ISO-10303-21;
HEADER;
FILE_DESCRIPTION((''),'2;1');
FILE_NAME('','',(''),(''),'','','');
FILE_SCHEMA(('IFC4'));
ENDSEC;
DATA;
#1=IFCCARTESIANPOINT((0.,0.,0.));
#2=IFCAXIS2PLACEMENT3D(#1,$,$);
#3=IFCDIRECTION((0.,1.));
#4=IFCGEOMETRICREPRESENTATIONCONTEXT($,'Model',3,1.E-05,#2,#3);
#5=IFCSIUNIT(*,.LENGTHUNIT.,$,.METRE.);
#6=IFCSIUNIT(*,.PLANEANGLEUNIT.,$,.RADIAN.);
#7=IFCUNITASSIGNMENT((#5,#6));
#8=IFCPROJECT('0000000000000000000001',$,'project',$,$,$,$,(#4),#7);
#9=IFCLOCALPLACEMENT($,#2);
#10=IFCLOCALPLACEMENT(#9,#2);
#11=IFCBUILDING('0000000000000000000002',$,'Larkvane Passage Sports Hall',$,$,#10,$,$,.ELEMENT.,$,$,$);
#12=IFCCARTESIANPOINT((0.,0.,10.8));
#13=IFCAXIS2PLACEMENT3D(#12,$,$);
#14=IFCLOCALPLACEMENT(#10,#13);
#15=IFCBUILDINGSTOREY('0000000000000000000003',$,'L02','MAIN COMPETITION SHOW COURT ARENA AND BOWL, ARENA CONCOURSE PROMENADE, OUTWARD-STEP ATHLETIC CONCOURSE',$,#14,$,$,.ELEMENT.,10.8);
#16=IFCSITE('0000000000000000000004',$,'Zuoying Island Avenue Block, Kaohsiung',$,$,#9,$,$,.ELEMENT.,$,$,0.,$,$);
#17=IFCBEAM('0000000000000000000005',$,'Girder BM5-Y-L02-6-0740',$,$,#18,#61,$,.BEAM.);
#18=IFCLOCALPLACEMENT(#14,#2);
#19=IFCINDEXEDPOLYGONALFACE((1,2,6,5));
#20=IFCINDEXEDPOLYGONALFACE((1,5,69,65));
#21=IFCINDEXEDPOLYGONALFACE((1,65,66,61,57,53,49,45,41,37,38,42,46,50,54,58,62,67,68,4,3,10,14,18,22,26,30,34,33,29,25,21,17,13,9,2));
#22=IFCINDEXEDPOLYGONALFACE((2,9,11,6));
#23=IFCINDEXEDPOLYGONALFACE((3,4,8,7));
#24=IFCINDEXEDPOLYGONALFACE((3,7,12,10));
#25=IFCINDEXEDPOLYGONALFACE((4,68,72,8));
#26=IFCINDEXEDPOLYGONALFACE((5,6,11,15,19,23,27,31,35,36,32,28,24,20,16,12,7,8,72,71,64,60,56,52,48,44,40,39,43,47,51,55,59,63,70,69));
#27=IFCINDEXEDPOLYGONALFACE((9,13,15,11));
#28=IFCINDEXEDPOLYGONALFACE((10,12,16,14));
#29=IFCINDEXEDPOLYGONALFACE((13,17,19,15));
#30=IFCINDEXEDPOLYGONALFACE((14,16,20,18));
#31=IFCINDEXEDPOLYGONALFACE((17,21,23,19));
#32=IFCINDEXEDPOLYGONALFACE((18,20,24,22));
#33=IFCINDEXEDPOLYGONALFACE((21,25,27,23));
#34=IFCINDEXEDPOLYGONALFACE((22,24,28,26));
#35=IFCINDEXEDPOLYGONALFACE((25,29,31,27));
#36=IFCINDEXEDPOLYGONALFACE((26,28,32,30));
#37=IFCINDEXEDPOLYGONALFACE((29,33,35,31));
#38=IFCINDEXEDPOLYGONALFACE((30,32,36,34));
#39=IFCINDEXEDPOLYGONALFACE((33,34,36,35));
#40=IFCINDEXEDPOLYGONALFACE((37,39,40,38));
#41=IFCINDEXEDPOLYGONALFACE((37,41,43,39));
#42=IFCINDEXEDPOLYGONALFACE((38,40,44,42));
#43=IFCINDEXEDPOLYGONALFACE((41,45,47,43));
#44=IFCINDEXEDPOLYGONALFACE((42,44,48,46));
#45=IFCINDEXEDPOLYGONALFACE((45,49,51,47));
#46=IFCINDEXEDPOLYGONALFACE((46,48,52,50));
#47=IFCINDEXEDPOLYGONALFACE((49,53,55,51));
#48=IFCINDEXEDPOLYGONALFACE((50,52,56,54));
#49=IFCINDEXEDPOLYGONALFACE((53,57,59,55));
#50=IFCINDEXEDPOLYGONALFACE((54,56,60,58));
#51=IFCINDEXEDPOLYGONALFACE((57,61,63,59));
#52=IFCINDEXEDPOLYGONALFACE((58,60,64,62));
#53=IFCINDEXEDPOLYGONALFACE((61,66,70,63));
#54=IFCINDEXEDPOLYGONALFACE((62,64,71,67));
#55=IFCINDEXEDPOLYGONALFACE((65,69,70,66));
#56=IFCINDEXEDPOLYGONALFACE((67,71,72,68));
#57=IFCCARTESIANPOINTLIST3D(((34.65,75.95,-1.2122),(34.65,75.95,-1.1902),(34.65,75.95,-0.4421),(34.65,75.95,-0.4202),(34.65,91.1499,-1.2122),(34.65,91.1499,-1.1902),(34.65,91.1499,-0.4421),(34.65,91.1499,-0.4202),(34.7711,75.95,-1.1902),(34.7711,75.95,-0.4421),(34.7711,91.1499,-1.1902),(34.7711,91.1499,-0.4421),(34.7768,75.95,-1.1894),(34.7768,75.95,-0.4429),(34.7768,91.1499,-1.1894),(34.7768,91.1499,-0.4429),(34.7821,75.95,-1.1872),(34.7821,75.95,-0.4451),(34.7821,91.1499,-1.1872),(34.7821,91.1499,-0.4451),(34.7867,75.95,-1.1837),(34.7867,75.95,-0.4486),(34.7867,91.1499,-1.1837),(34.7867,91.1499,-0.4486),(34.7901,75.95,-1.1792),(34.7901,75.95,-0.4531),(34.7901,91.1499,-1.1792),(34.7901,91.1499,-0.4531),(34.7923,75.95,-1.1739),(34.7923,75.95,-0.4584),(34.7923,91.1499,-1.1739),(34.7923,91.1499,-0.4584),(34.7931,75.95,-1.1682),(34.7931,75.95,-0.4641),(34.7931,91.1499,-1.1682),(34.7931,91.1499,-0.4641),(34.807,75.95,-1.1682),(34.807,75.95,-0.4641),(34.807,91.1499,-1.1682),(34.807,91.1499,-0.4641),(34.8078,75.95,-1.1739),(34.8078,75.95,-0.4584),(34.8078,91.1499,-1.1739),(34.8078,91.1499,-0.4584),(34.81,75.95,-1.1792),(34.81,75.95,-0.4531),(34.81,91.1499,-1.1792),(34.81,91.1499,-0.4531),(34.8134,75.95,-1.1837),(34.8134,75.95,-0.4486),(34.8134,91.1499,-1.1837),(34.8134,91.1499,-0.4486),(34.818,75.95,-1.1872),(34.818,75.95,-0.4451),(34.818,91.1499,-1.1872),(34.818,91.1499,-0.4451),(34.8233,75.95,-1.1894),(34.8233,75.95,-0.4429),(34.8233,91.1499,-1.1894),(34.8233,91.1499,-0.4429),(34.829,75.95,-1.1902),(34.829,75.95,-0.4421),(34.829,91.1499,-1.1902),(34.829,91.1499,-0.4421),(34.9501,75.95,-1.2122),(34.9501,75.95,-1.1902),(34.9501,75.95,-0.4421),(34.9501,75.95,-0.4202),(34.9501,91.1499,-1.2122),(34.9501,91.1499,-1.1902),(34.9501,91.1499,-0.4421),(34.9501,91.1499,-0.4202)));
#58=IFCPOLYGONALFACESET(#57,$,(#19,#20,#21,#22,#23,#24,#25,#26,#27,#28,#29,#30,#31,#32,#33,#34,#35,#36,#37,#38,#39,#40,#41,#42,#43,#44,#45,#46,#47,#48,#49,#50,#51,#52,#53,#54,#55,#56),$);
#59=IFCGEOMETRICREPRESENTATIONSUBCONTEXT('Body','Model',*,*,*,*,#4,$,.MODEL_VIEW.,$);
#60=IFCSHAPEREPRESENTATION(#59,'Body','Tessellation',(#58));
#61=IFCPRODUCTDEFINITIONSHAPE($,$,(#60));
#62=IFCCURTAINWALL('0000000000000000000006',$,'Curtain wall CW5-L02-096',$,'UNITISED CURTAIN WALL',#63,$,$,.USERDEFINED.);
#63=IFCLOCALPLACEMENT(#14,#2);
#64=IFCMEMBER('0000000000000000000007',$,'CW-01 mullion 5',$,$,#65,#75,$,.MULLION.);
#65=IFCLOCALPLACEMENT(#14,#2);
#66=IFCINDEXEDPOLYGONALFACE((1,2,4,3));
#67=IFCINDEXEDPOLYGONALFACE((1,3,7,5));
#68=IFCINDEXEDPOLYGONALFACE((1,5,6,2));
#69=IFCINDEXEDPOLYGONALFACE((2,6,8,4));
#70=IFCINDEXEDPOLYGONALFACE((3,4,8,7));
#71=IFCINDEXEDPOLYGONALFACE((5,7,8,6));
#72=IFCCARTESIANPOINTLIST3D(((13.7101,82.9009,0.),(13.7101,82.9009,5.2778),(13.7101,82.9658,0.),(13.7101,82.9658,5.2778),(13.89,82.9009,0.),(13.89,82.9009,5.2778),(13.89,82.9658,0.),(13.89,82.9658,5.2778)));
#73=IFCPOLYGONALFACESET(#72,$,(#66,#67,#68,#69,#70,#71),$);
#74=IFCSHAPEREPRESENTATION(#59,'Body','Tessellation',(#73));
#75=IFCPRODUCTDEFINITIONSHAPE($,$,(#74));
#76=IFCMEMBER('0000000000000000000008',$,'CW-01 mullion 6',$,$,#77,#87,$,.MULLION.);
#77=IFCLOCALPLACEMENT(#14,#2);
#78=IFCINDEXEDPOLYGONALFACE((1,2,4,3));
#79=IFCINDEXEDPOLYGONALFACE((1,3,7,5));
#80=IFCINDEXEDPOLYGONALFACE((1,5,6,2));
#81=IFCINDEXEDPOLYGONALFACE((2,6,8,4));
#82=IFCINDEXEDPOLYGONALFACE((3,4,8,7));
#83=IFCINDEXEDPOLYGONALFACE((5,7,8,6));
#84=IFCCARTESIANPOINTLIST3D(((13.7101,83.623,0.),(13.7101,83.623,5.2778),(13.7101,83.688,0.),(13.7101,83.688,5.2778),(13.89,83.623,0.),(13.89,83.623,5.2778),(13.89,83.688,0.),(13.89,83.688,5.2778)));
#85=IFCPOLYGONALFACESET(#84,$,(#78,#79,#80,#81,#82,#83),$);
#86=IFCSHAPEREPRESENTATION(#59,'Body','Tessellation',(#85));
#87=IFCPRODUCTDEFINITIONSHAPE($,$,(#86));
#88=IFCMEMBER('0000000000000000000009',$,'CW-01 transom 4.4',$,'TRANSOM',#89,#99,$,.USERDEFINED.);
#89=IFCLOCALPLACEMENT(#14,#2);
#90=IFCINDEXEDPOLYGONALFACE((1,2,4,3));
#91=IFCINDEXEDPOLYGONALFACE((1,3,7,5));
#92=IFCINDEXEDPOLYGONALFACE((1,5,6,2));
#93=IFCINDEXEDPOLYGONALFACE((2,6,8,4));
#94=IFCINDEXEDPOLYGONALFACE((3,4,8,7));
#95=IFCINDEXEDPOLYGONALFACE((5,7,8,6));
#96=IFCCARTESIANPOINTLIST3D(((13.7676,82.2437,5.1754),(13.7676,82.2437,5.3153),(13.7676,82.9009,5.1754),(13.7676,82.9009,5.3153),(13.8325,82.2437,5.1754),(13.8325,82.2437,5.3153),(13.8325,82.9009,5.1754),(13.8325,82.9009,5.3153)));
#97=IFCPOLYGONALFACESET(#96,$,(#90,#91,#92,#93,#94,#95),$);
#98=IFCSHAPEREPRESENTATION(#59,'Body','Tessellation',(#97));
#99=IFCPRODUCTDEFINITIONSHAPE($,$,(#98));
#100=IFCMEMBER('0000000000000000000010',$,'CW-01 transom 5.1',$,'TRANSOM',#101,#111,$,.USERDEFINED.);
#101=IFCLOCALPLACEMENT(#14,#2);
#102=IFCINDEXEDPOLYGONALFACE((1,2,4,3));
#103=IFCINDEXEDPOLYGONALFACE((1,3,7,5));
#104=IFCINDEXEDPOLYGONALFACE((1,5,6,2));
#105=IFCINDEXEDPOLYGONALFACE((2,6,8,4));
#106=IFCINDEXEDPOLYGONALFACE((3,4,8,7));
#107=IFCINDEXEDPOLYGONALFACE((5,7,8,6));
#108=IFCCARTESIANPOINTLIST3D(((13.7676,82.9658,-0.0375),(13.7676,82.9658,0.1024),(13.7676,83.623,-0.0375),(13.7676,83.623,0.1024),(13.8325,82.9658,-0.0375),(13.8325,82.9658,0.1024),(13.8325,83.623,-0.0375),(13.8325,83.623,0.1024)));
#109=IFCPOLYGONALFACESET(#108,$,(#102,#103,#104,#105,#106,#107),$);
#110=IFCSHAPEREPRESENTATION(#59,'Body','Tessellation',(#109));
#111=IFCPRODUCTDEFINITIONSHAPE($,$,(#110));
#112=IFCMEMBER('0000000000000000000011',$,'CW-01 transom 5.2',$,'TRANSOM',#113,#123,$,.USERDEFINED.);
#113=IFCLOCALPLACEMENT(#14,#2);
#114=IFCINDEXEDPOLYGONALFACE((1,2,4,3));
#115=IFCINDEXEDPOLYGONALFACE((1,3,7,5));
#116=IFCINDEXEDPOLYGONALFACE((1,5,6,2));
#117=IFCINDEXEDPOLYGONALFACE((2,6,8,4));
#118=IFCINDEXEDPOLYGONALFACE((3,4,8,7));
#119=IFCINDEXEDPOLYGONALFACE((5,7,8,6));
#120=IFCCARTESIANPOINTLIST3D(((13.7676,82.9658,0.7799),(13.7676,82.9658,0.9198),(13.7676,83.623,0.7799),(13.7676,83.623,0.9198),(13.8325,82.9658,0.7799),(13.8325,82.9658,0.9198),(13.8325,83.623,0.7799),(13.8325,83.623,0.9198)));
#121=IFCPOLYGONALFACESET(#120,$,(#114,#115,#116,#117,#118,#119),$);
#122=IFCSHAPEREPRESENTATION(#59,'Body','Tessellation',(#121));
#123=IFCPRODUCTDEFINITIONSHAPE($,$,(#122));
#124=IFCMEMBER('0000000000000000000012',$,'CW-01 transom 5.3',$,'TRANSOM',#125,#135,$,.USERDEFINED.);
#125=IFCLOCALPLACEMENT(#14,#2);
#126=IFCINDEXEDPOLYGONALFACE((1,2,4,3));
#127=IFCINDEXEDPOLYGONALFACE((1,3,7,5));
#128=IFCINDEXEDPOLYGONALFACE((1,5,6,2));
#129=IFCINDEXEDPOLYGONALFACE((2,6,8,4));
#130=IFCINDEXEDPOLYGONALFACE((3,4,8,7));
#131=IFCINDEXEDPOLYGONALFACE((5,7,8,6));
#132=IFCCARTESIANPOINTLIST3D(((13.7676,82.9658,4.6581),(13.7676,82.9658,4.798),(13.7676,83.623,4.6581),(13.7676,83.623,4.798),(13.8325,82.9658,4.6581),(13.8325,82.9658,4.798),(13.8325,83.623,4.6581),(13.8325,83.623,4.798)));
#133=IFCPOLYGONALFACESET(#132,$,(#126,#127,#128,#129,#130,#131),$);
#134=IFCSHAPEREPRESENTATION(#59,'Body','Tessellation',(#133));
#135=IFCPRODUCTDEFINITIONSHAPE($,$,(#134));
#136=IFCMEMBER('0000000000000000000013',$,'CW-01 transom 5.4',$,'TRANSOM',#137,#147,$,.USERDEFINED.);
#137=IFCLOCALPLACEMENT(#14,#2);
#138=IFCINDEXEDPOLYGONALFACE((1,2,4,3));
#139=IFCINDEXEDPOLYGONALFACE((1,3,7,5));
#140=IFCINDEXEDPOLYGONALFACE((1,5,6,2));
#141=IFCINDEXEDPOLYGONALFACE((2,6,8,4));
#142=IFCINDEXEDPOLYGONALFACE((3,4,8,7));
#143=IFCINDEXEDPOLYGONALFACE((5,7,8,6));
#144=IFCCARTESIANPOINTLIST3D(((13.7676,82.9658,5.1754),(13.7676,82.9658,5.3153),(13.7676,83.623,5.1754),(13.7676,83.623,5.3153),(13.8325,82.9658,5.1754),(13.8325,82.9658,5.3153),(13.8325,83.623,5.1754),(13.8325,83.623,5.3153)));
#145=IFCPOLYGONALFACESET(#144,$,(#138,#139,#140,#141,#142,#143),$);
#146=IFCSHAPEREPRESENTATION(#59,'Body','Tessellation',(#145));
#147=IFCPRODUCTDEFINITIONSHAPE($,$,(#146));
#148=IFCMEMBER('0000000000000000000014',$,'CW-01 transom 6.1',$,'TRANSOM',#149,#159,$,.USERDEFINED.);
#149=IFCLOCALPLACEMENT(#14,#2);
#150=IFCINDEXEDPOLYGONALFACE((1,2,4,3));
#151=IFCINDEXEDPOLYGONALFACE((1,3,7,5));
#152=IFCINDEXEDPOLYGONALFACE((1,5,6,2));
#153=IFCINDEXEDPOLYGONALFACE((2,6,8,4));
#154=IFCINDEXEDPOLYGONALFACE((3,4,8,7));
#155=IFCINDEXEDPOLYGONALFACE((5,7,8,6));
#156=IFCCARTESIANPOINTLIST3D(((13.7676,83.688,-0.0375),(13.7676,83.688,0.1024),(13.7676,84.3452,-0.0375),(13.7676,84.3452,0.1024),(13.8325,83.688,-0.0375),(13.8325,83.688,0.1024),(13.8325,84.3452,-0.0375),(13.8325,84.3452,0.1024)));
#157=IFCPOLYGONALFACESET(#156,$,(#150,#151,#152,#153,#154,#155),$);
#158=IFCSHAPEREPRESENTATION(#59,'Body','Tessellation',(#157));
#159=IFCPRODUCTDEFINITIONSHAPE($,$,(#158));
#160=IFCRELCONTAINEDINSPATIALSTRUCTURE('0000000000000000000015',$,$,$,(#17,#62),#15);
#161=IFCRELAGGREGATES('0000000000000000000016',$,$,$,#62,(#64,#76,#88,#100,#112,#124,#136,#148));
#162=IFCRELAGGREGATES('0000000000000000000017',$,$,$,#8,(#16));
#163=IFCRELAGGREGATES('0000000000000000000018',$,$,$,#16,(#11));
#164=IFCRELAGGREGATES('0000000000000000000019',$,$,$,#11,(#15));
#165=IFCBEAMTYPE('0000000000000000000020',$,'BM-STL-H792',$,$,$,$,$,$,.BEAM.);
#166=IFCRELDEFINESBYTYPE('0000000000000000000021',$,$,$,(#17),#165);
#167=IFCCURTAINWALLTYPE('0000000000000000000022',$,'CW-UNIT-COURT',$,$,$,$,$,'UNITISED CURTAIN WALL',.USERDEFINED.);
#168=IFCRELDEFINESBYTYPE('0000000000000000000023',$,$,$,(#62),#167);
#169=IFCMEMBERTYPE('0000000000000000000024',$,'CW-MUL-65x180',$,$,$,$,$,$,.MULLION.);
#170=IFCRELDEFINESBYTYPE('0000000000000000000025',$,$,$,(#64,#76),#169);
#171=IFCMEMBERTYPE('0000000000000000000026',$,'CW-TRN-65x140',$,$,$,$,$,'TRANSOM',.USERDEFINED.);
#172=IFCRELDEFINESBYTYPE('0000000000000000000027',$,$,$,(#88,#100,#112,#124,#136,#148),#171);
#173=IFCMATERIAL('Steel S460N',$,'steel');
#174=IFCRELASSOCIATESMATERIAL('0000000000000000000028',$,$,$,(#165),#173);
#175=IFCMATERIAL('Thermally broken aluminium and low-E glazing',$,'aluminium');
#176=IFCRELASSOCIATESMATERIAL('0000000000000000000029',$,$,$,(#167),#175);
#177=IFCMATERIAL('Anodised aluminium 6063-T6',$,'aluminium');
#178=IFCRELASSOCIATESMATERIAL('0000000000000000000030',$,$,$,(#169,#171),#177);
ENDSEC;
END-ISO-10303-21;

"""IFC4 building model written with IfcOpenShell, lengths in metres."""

from ifc_helpers import new_model, si_unit, direction, frame, origin, origin_2d, place, context, subcontext, project, spatial, rectangle, i_section, extrude, material, material_profile, profile_set, type_object, element, aggregate, save


model = new_model("IFC4")

# Units and contexts
model_context = context("Model", 3, precision=1e-05, world=origin(), true_north=direction((0.0, 1.0)))
body_context = subcontext(model_context, "Body", "Model", "MODEL_VIEW")
ifc_project = project(units=[si_unit("LENGTHUNIT", "METRE"), si_unit("PLANEANGLEUNIT", "RADIAN")], contexts=[model_context])

# Site, building, storey
site_placement = place(None, origin())
site = spatial("IfcSite", under=ifc_project, at=site_placement, Name="Zuoying Island Avenue Block, Kaohsiung", CompositionType="ELEMENT", RefElevation=0.0)
building_placement = place(site_placement, origin())
building = spatial("IfcBuilding", under=site, at=building_placement, Name="Larkvane Passage Sports Hall", CompositionType="ELEMENT")
storey_placement = place(building_placement, frame((0.0, 0.0, 10.8)))
storey = spatial("IfcBuildingStorey", under=building, at=storey_placement, Name="L02", Description="MAIN COMPETITION SHOW COURT ARENA AND BOWL, ARENA CONCOURSE PROMENADE, OUTWARD-STEP ATHLETIC CONCOURSE", CompositionType="ELEMENT", Elevation=10.8)

# Shared definitions
ifc_material_1 = material(Name="Steel S460N", Category="steel")

# Beam
ifc_material_profile_1 = material_profile(ifc_material_1, i_section(OverallWidth=0.3, OverallDepth=0.792, WebThickness=0.0139, FlangeThickness=0.022, FilletRadius=0.022, at=origin_2d()), Name="H-792x300x14x22")
ifc_profile_set_1 = profile_set([ifc_material_profile_1], Name="Steel S460N")
beam_type_1 = type_object("IfcBeamType", Name="BM-STL-H792", PredefinedType="BEAM", material=ifc_profile_set_1)
beam_1_placement = place(storey_placement, frame((34.8, 75.95, -0.8162), z_axis=(0.0, 1.0, 0.0), x_axis=(-1.0, 0.0, 0.0)))
element("IfcBeam", 1, at=beam_1_placement, inside=storey, type_object=beam_type_1, Name="Girder BM5-Y-L02-6-0740", PredefinedType="BEAM", context=body_context, shape_type="SweptSolid", body=[
    extrude(i_section(OverallWidth=0.3, OverallDepth=0.792, WebThickness=0.0139, FlangeThickness=0.022, FilletRadius=0.022, at=origin_2d()), origin(), (0.0, 0.0, 1.0), 15.2),
])

# Curtain wall, members
ifc_material_2 = material(Name="Thermally broken aluminium and low-E glazing", Category="aluminium")
curtain_wall_type = type_object("IfcCurtainWallType", Name="CW-UNIT-COURT", ElementType="UNITISED CURTAIN WALL", PredefinedType="USERDEFINED", material=ifc_material_2)
curtain_wall_placement = place(storey_placement, origin())
curtain_wall = element("IfcCurtainWall", 2, at=curtain_wall_placement, inside=storey, type_object=curtain_wall_type, Name="Curtain wall CW5-L02-096", ObjectType="UNITISED CURTAIN WALL", PredefinedType="USERDEFINED")
ifc_material_3 = material(Name="Anodised aluminium 6063-T6", Category="aluminium")
ifc_material_profile_2 = material_profile(ifc_material_3, rectangle(XDim=0.0649, YDim=0.1799, at=origin_2d()), Name="ALU-MUL-65x180")
ifc_profile_set_2 = profile_set([ifc_material_profile_2], Name="Anodised aluminium 6063-T6")
member_type_1 = type_object("IfcMemberType", Name="CW-MUL-65x180", PredefinedType="MULLION", material=ifc_profile_set_2)
member_1_placement = place(storey_placement, frame((13.8, 82.9333, 0.0), z_axis=(0.0, 0.0, 1.0), x_axis=(0.0, 1.0, 0.0)))
member_1 = element("IfcMember", 3, at=member_1_placement, type_object=member_type_1, Name="CW-01 mullion 5", PredefinedType="MULLION", context=body_context, shape_type="SweptSolid", body=[
    extrude(rectangle(XDim=0.0649, YDim=0.1799, at=origin_2d()), origin(), (0.0, 0.0, 1.0), 5.2778),
])
member_2_placement = place(storey_placement, frame((13.8, 83.6555, 0.0), z_axis=(0.0, 0.0, 1.0), x_axis=(0.0, 1.0, 0.0)))
member_2 = element("IfcMember", 4, at=member_2_placement, type_object=member_type_1, Name="CW-01 mullion 6", PredefinedType="MULLION", context=body_context, shape_type="SweptSolid", body=[
    extrude(rectangle(XDim=0.0649, YDim=0.1799, at=origin_2d()), origin(), (0.0, 0.0, 1.0), 5.2778),
])
ifc_material_profile_3 = material_profile(ifc_material_3, rectangle(XDim=0.0649, YDim=0.1399, at=origin_2d()), Name="ALU-TRN-65x140")
ifc_profile_set_3 = profile_set([ifc_material_profile_3], Name="Anodised aluminium 6063-T6")
member_type_2 = type_object("IfcMemberType", Name="CW-TRN-65x140", ElementType="TRANSOM", PredefinedType="USERDEFINED", material=ifc_profile_set_3)
member_3_placement = place(storey_placement, frame((13.8, 82.2437, 5.2454), z_axis=(0.0, 1.0, 0.0), x_axis=(-1.0, 0.0, 0.0)))
member_3 = element("IfcMember", 5, at=member_3_placement, type_object=member_type_2, Name="CW-01 transom 4.4", ObjectType="TRANSOM", PredefinedType="USERDEFINED", context=body_context, shape_type="SweptSolid", body=[
    extrude(rectangle(XDim=0.0649, YDim=0.1399, at=origin_2d()), origin(), (0.0, 0.0, 1.0), 0.6572),
])
member_4_placement = place(storey_placement, frame((13.8, 82.9658, 0.0325), z_axis=(0.0, 1.0, 0.0), x_axis=(-1.0, 0.0, 0.0)))
member_4 = element("IfcMember", 6, at=member_4_placement, type_object=member_type_2, Name="CW-01 transom 5.1", ObjectType="TRANSOM", PredefinedType="USERDEFINED", context=body_context, shape_type="SweptSolid", body=[
    extrude(rectangle(XDim=0.0649, YDim=0.1399, at=origin_2d()), origin(), (0.0, 0.0, 1.0), 0.6572),
])
member_5_placement = place(storey_placement, frame((13.8, 82.9658, 0.8499), z_axis=(0.0, 1.0, 0.0), x_axis=(-1.0, 0.0, 0.0)))
member_5 = element("IfcMember", 7, at=member_5_placement, type_object=member_type_2, Name="CW-01 transom 5.2", ObjectType="TRANSOM", PredefinedType="USERDEFINED", context=body_context, shape_type="SweptSolid", body=[
    extrude(rectangle(XDim=0.0649, YDim=0.1399, at=origin_2d()), origin(), (0.0, 0.0, 1.0), 0.6572),
])
member_6_placement = place(storey_placement, frame((13.8, 82.9658, 4.728), z_axis=(0.0, 1.0, 0.0), x_axis=(-1.0, 0.0, 0.0)))
member_6 = element("IfcMember", 8, at=member_6_placement, type_object=member_type_2, Name="CW-01 transom 5.3", ObjectType="TRANSOM", PredefinedType="USERDEFINED", context=body_context, shape_type="SweptSolid", body=[
    extrude(rectangle(XDim=0.0649, YDim=0.1399, at=origin_2d()), origin(), (0.0, 0.0, 1.0), 0.6572),
])
member_7_placement = place(storey_placement, frame((13.8, 82.9658, 5.2454), z_axis=(0.0, 1.0, 0.0), x_axis=(-1.0, 0.0, 0.0)))
member_7 = element("IfcMember", 9, at=member_7_placement, type_object=member_type_2, Name="CW-01 transom 5.4", ObjectType="TRANSOM", PredefinedType="USERDEFINED", context=body_context, shape_type="SweptSolid", body=[
    extrude(rectangle(XDim=0.0649, YDim=0.1399, at=origin_2d()), origin(), (0.0, 0.0, 1.0), 0.6572),
])
member_8_placement = place(storey_placement, frame((13.8, 83.688, 0.0325), z_axis=(0.0, 1.0, 0.0), x_axis=(-1.0, 0.0, 0.0)))
member_8 = element("IfcMember", 10, at=member_8_placement, type_object=member_type_2, Name="CW-01 transom 6.1", ObjectType="TRANSOM", PredefinedType="USERDEFINED", context=body_context, shape_type="SweptSolid", body=[
    extrude(rectangle(XDim=0.0649, YDim=0.1399, at=origin_2d()), origin(), (0.0, 0.0, 1.0), 0.6572),
])

aggregate(curtain_wall, [member_1, member_2, member_3, member_4, member_5, member_6, member_7, member_8])

save(model, "model.ifc")
